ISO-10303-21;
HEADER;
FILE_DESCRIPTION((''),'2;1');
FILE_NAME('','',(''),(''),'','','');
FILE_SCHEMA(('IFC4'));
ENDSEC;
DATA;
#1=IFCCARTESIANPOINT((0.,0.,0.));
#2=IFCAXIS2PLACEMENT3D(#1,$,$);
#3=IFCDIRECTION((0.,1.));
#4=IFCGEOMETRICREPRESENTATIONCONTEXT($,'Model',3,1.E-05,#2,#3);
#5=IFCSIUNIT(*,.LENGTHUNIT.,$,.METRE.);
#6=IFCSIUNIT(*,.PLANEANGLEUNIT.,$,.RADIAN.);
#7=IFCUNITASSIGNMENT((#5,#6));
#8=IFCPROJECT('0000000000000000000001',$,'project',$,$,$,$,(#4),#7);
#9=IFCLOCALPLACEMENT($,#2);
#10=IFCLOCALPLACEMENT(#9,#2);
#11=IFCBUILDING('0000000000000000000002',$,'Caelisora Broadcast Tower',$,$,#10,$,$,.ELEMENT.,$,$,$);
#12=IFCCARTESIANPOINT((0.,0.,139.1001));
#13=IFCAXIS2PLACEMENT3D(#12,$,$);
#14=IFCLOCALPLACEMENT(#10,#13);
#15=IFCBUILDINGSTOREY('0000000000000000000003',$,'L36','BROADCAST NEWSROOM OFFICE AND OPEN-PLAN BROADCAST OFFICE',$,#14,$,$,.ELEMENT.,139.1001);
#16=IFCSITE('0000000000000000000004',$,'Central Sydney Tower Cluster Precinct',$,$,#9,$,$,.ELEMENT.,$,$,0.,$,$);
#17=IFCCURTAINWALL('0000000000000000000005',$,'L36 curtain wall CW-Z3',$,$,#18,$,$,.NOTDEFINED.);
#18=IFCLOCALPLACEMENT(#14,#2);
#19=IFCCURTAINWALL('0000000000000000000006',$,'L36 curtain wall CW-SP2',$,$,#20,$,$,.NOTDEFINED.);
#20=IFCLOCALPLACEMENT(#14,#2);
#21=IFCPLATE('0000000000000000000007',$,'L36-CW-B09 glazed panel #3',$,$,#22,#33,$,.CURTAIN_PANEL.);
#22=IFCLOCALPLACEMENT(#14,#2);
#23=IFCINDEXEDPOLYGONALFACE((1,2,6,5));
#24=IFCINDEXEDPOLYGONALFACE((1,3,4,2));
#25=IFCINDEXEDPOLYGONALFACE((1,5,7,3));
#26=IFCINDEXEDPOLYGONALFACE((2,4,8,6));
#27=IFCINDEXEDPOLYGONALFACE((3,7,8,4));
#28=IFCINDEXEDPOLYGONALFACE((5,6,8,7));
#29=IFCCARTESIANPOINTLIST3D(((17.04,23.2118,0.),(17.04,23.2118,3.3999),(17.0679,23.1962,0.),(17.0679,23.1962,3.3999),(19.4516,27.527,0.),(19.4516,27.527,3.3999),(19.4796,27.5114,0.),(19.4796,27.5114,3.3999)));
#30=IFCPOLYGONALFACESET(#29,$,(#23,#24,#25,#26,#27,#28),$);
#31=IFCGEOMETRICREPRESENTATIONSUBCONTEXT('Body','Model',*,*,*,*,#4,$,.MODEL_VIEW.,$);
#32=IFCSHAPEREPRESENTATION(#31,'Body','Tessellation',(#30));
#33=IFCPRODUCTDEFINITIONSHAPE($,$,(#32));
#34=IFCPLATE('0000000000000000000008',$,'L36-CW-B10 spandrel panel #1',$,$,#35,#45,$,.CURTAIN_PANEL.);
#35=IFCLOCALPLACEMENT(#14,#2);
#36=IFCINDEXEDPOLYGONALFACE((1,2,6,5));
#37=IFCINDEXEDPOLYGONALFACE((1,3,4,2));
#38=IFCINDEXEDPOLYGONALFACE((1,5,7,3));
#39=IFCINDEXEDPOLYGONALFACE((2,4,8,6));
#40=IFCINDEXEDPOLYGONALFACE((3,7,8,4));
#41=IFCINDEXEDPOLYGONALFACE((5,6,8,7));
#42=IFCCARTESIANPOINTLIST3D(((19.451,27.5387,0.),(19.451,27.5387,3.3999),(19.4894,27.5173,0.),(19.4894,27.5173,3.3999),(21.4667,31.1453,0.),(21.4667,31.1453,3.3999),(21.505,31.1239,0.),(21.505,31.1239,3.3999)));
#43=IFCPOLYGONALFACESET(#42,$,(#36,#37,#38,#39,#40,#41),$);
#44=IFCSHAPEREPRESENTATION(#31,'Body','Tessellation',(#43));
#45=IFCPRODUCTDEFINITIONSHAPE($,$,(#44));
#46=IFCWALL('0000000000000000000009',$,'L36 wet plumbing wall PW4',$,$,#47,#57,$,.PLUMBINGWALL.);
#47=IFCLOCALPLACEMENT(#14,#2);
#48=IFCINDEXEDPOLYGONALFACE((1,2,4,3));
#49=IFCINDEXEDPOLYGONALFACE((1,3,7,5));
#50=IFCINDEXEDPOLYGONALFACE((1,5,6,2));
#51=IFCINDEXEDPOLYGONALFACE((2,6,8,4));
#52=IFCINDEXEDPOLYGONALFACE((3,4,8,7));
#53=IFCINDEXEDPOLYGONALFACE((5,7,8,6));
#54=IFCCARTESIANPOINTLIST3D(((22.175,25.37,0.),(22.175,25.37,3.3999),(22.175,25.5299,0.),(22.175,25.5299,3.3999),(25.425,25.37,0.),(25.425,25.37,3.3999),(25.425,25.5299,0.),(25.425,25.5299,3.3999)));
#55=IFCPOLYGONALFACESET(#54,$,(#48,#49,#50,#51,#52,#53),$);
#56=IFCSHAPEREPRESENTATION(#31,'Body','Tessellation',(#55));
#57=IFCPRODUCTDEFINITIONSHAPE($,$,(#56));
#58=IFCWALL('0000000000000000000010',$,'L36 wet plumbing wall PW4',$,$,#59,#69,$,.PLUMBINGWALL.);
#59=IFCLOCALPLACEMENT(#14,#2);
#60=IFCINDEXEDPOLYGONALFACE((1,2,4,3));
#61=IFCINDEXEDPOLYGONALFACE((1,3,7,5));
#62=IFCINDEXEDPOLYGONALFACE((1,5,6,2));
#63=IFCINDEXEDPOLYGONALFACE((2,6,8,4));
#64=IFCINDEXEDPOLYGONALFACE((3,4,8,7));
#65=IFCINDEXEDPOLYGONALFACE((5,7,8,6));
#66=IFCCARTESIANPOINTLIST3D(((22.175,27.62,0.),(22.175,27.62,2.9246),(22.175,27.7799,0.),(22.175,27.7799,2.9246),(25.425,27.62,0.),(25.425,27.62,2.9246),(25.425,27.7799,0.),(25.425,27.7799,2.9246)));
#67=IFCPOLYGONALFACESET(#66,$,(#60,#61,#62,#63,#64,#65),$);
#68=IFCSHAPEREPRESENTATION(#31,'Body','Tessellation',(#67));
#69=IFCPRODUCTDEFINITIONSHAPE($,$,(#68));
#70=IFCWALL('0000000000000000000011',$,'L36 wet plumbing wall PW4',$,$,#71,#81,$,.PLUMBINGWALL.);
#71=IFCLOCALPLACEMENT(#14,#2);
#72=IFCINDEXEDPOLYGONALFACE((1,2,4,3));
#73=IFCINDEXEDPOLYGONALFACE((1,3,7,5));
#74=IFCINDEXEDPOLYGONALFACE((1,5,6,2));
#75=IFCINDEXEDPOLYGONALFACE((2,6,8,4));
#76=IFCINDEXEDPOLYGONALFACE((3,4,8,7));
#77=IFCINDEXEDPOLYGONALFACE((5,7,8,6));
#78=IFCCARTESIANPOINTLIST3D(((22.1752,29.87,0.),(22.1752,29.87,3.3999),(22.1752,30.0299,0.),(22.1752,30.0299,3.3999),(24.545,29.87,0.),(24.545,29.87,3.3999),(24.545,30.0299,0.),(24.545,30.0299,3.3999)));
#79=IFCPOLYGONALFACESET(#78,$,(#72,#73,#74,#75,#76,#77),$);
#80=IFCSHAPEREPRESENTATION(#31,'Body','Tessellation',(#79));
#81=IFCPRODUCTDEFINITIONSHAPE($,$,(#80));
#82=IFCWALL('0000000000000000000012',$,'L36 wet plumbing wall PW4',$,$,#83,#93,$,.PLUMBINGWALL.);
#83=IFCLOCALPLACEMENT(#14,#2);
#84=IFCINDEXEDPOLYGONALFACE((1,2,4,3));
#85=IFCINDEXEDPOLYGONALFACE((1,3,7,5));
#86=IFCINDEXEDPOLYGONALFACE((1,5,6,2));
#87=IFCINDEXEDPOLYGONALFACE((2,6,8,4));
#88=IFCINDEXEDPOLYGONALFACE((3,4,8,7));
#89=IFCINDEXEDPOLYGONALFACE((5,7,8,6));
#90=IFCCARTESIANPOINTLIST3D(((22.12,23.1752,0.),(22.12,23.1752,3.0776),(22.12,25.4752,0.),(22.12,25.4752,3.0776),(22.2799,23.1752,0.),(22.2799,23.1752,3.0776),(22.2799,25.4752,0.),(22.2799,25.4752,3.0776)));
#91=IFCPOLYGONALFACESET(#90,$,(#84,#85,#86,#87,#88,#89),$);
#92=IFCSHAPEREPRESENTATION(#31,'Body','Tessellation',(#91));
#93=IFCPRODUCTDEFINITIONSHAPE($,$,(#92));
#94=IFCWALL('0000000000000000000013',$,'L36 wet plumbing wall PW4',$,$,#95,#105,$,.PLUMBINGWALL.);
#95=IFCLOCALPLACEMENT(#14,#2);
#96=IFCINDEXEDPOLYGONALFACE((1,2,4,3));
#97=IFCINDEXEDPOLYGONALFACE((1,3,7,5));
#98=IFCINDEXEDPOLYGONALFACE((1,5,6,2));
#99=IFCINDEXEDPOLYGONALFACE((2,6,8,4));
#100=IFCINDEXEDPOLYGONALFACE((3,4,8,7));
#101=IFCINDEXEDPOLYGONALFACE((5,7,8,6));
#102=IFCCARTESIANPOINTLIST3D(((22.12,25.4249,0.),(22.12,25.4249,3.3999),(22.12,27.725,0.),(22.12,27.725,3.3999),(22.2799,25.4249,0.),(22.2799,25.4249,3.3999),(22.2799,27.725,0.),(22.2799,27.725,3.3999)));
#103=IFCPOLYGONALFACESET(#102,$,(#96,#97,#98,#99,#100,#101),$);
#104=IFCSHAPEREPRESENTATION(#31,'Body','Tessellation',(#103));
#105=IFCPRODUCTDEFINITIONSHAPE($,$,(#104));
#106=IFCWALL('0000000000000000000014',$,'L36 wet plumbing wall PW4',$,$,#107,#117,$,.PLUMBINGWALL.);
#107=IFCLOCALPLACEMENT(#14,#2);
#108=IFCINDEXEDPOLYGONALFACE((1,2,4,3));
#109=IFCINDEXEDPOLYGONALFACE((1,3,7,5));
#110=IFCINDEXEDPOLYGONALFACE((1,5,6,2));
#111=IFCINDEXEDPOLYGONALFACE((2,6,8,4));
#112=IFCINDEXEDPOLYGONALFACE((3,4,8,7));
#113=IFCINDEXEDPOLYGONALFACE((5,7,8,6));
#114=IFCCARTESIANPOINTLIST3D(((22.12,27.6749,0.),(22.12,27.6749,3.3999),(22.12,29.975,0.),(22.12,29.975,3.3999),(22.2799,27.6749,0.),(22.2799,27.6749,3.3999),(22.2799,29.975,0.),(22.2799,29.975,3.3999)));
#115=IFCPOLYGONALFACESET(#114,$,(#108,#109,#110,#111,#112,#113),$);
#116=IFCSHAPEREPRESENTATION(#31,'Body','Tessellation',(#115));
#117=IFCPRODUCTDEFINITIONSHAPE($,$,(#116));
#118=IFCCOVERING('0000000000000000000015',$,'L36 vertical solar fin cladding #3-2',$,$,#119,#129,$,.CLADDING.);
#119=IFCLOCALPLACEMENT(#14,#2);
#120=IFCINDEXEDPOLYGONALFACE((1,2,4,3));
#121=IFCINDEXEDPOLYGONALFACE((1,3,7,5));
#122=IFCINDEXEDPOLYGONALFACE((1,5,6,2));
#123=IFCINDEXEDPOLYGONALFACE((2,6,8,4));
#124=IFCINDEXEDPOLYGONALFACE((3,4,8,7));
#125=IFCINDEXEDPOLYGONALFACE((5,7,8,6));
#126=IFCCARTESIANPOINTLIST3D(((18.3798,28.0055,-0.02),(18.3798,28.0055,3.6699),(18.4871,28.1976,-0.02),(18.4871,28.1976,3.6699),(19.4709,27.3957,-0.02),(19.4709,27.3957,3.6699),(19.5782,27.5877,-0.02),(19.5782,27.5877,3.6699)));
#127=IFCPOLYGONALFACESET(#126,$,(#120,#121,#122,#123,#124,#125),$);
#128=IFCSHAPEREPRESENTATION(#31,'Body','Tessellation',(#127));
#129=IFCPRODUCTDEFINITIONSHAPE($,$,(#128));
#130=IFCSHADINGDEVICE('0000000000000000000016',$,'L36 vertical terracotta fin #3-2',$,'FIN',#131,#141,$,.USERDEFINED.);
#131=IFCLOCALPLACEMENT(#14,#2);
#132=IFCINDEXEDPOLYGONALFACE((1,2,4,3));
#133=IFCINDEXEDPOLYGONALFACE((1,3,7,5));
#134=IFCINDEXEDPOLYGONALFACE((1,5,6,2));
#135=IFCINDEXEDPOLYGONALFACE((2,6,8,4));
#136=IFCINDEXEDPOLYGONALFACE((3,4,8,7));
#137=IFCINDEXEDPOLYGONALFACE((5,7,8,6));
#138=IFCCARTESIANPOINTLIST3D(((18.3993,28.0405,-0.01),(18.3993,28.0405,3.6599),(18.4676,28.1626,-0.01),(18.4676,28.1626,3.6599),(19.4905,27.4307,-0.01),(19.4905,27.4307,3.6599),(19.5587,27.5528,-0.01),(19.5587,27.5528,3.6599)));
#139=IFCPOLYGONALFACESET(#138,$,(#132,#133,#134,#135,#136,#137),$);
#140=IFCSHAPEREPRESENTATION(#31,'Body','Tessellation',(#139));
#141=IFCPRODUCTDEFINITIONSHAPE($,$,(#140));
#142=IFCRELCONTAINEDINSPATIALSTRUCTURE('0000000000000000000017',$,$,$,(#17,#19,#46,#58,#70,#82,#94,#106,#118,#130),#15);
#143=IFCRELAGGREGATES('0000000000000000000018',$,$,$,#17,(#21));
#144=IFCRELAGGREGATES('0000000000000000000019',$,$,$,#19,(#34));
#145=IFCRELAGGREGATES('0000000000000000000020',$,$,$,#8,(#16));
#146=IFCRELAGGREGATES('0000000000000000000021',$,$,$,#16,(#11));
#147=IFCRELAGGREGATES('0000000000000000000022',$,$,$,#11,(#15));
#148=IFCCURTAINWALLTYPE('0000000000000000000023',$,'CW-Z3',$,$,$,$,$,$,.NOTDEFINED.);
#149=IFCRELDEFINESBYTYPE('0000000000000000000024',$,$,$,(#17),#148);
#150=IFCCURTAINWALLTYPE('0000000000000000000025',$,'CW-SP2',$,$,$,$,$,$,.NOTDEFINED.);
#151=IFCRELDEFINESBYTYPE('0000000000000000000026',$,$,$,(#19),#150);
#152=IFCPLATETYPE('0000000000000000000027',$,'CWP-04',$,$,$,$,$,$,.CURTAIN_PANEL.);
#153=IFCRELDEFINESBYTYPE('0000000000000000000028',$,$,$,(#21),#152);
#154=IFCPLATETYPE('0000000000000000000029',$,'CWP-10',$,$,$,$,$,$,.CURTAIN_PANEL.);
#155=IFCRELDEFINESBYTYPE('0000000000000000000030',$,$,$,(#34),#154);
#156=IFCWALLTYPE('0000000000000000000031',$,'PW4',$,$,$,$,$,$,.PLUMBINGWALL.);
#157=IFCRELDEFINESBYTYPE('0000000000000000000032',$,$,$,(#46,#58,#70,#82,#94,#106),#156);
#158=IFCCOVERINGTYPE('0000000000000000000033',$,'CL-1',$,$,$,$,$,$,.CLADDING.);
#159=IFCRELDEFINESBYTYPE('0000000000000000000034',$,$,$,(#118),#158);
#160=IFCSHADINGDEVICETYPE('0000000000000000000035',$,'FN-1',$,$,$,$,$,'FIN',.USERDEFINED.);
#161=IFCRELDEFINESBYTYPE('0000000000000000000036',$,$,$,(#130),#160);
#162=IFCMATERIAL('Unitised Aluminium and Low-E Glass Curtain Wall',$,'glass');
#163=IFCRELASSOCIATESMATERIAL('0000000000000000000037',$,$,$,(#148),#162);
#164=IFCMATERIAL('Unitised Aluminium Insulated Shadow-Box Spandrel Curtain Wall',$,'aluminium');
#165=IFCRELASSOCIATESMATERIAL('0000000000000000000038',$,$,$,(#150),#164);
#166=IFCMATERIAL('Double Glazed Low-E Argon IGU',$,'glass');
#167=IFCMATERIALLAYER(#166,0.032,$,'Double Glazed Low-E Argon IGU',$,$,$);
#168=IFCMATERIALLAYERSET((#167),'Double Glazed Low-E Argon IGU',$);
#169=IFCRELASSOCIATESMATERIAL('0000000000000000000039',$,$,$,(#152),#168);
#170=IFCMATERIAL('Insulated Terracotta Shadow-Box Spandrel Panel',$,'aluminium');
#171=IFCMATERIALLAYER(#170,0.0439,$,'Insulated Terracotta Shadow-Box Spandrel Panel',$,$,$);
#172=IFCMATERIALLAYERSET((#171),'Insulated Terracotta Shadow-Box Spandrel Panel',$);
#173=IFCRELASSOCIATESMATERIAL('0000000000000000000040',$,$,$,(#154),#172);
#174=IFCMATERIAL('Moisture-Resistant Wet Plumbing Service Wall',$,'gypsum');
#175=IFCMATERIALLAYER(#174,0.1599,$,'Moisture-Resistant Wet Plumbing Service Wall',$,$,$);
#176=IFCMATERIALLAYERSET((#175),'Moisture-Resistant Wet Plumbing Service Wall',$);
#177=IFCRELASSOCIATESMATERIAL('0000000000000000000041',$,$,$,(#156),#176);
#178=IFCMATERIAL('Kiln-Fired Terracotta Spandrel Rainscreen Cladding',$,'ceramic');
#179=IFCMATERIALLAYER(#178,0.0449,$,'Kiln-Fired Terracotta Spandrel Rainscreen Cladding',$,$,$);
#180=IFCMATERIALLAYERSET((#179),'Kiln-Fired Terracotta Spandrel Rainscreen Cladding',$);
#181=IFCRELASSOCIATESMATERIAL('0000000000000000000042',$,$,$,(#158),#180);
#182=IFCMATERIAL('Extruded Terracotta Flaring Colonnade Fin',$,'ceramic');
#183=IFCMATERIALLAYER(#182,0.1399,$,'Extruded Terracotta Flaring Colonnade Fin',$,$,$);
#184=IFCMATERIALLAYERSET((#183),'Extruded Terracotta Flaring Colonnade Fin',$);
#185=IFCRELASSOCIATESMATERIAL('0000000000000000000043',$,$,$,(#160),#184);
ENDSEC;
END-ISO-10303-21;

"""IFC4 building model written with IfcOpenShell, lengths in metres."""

from ifc_helpers import new_model, si_unit, direction, frame, frame_2d, origin, origin_2d, place, context, subcontext, project, spatial, rectangle, extrude, source, transform, mapped, material, layer, layer_set, type_object, type_shapes, element, aggregate, save


model = new_model("IFC4")

# Units and contexts
model_context = context("Model", 3, precision=1e-05, world=origin(), true_north=direction((0.0, 1.0)))
body_context = subcontext(model_context, "Body", "Model", "MODEL_VIEW")
ifc_project = project(units=[si_unit("LENGTHUNIT", "METRE"), si_unit("PLANEANGLEUNIT", "RADIAN")], contexts=[model_context])

# Site, building, storey
site_placement = place(None, origin())
site = spatial("IfcSite", under=ifc_project, at=site_placement, Name="Central Sydney Tower Cluster Precinct", CompositionType="ELEMENT", RefElevation=0.0)
building_placement = place(site_placement, origin())
building = spatial("IfcBuilding", under=site, at=building_placement, Name="Caelisora Broadcast Tower", CompositionType="ELEMENT")
storey_placement = place(building_placement, frame((0.0, 0.0, 139.1001)))
storey = spatial("IfcBuildingStorey", under=building, at=storey_placement, Name="L36", Description="BROADCAST NEWSROOM OFFICE AND OPEN-PLAN BROADCAST OFFICE", CompositionType="ELEMENT", Elevation=139.1001)

# Curtain walls
ifc_material_1 = material(Name="Unitised Aluminium and Low-E Glass Curtain Wall", Category="glass")
curtain_wall_type_1 = type_object("IfcCurtainWallType", Name="CW-Z3", PredefinedType="NOTDEFINED", material=ifc_material_1)
curtain_wall_1_placement = place(storey_placement, origin())
curtain_wall_1 = element("IfcCurtainWall", 1, at=curtain_wall_1_placement, inside=storey, type_object=curtain_wall_type_1, Name="L36 curtain wall CW-Z3", PredefinedType="NOTDEFINED")
ifc_material_2 = material(Name="Unitised Aluminium Insulated Shadow-Box Spandrel Curtain Wall", Category="aluminium")
curtain_wall_type_2 = type_object("IfcCurtainWallType", Name="CW-SP2", PredefinedType="NOTDEFINED", material=ifc_material_2)
curtain_wall_2_placement = place(storey_placement, origin())
curtain_wall_2 = element("IfcCurtainWall", 2, at=curtain_wall_2_placement, inside=storey, type_object=curtain_wall_type_2, Name="L36 curtain wall CW-SP2", PredefinedType="NOTDEFINED")

# Plates
ifc_material_3 = material(Name="Double Glazed Low-E Argon IGU", Category="glass")
ifc_layer_1 = layer(ifc_material_3, 0.032, Name="Double Glazed Low-E Argon IGU")
ifc_layer_set_1 = layer_set([ifc_layer_1], Name="Double Glazed Low-E Argon IGU")
plate_type_1 = type_object("IfcPlateType", Name="CWP-04", PredefinedType="CURTAIN_PANEL", material=ifc_layer_set_1)
shared_shape_1 = source(origin(), body_context, "Body", "SweptSolid", [
    extrude(rectangle(XDim=4.9434, YDim=0.032, at=origin_2d()), origin(), (0.0, 0.0, 1.0), 3.3999),
])
type_shapes(plate_type_1, [shared_shape_1])
plate_1_placement = place(storey_placement, frame((18.2598, 25.3616, 0.0), z_axis=(0.0, 0.0, 1.0), x_axis=(0.48786, 0.872922, 0.0)))
plate_1 = element("IfcPlate", 3, at=plate_1_placement, type_object=plate_type_1, Name="L36-CW-B09 glazed panel #3", PredefinedType="CURTAIN_PANEL", context=body_context, shape_type="MappedRepresentation", body=[
    mapped(shared_shape_1, transform((0.0, 0.0, 0.0), scale=1.0)),
])
aggregate(curtain_wall_1, [plate_1])
ifc_material_4 = material(Name="Insulated Terracotta Shadow-Box Spandrel Panel", Category="aluminium")
ifc_layer_2 = layer(ifc_material_4, 0.0439, Name="Insulated Terracotta Shadow-Box Spandrel Panel")
ifc_layer_set_2 = layer_set([ifc_layer_2], Name="Insulated Terracotta Shadow-Box Spandrel Panel")
plate_type_2 = type_object("IfcPlateType", Name="CWP-10", PredefinedType="CURTAIN_PANEL", material=ifc_layer_set_2)
shared_shape_2 = source(origin(), body_context, "Body", "SweptSolid", [
    extrude(rectangle(XDim=4.1316, YDim=0.0439, at=origin_2d()), origin(), (0.0, 0.0, 1.0), 3.3999),
])
type_shapes(plate_type_2, [shared_shape_2])
plate_2_placement = place(storey_placement, frame((20.478, 29.3313, 0.0), z_axis=(0.0, 0.0, 1.0), x_axis=(0.48786, 0.872922, 0.0)))
plate_2 = element("IfcPlate", 4, at=plate_2_placement, type_object=plate_type_2, Name="L36-CW-B10 spandrel panel #1", PredefinedType="CURTAIN_PANEL", context=body_context, shape_type="MappedRepresentation", body=[
    mapped(shared_shape_2, transform((0.0, 0.0, 0.0), scale=1.0)),
])
aggregate(curtain_wall_2, [plate_2])

# Walls
ifc_material_5 = material(Name="Moisture-Resistant Wet Plumbing Service Wall", Category="gypsum")
ifc_layer_3 = layer(ifc_material_5, 0.1599, Name="Moisture-Resistant Wet Plumbing Service Wall")
ifc_layer_set_3 = layer_set([ifc_layer_3], Name="Moisture-Resistant Wet Plumbing Service Wall")
wall_type = type_object("IfcWallType", Name="PW4", PredefinedType="PLUMBINGWALL", material=ifc_layer_set_3)
wall_1_placement = place(storey_placement, frame((22.175, 25.45, 0.0), z_axis=(0.0, 0.0, 1.0), x_axis=(1.0, 0.0, 0.0)))
element("IfcWall", 5, at=wall_1_placement, inside=storey, type_object=wall_type, Name="L36 wet plumbing wall PW4", PredefinedType="PLUMBINGWALL", context=body_context, shape_type="SweptSolid", body=[
    extrude(rectangle(XDim=3.25, YDim=0.1599, at=frame_2d((1.625, 0.0))), origin(), (0.0, 0.0, 1.0), 3.3999),
])
wall_2_placement = place(storey_placement, frame((22.175, 27.7, 0.0), z_axis=(0.0, 0.0, 1.0), x_axis=(1.0, 0.0, 0.0)))
element("IfcWall", 6, at=wall_2_placement, inside=storey, type_object=wall_type, Name="L36 wet plumbing wall PW4", PredefinedType="PLUMBINGWALL", context=body_context, shape_type="SweptSolid", body=[
    extrude(rectangle(XDim=3.25, YDim=0.1599, at=frame_2d((1.625, 0.0))), origin(), (0.0, 0.0, 1.0), 2.9246),
])
wall_3_placement = place(storey_placement, frame((22.175, 29.95, 0.0), z_axis=(0.0, 0.0, 1.0), x_axis=(1.0, 0.0, 0.0)))
element("IfcWall", 7, at=wall_3_placement, inside=storey, type_object=wall_type, Name="L36 wet plumbing wall PW4", PredefinedType="PLUMBINGWALL", context=body_context, shape_type="SweptSolid", body=[
    extrude(rectangle(XDim=2.3699, YDim=0.1599, at=frame_2d((1.1851, 0.0))), origin(), (0.0, 0.0, 1.0), 3.3999),
])
wall_4_placement = place(storey_placement, frame((22.2, 25.4751, 0.0), z_axis=(0.0, 0.0, 1.0), x_axis=(0.0, -1.0, 0.0)))
element("IfcWall", 8, at=wall_4_placement, inside=storey, type_object=wall_type, Name="L36 wet plumbing wall PW4", PredefinedType="PLUMBINGWALL", context=body_context, shape_type="SweptSolid", body=[
    extrude(rectangle(XDim=2.3, YDim=0.1599, at=frame_2d((1.1499, 0.0))), origin(), (0.0, 0.0, 1.0), 3.0776),
])
for number, where, z_axis, x_axis, name in (
    (9, (22.2, 25.425, 0.0), (0.0, 0.0, 1.0), (0.0, 1.0, 0.0), "L36 wet plumbing wall PW4"),
    (10, (22.2, 27.675, 0.0), (0.0, 0.0, 1.0), (0.0, 1.0, 0.0), "L36 wet plumbing wall PW4"),
):
    element("IfcWall", number, at=place(storey_placement, frame(where, z_axis=z_axis, x_axis=x_axis)), inside=storey, type_object=wall_type, Name=name, PredefinedType="PLUMBINGWALL", context=body_context, shape_type="SweptSolid", body=[
        extrude(rectangle(XDim=2.3, YDim=0.1599, at=frame_2d((1.1499, 0.0))), origin(), (0.0, 0.0, 1.0), 3.3999),
    ])

# Covering
ifc_material_6 = material(Name="Kiln-Fired Terracotta Spandrel Rainscreen Cladding", Category="ceramic")
ifc_layer_4 = layer(ifc_material_6, 0.0449, Name="Kiln-Fired Terracotta Spandrel Rainscreen Cladding")
ifc_layer_set_4 = layer_set([ifc_layer_4], Name="Kiln-Fired Terracotta Spandrel Rainscreen Cladding")
covering_type = type_object("IfcCoveringType", Name="CL-1", PredefinedType="CLADDING", material=ifc_layer_set_4)
shared_shape_3 = source(origin(), body_context, "Body", "SweptSolid", [
    extrude(rectangle(XDim=0.22, YDim=1.25, at=origin_2d()), origin(), (0.0, 0.0, 1.0), 3.6899),
])
type_shapes(covering_type, [shared_shape_3])
covering_placement = place(storey_placement, frame((18.979, 27.7966, -0.02), z_axis=(0.0, 0.0, 1.0), x_axis=(0.48786, 0.872922, 0.0)))
element("IfcCovering", 11, at=covering_placement, inside=storey, type_object=covering_type, Name="L36 vertical solar fin cladding #3-2", PredefinedType="CLADDING", context=body_context, shape_type="MappedRepresentation", body=[
    mapped(shared_shape_3, transform((0.0, 0.0, 0.0), scale=1.0)),
])

# Shading device
ifc_material_7 = material(Name="Extruded Terracotta Flaring Colonnade Fin", Category="ceramic")
ifc_layer_5 = layer(ifc_material_7, 0.1399, Name="Extruded Terracotta Flaring Colonnade Fin")
ifc_layer_set_5 = layer_set([ifc_layer_5], Name="Extruded Terracotta Flaring Colonnade Fin")
shading_device_type = type_object("IfcShadingDeviceType", Name="FN-1", ElementType="FIN", PredefinedType="USERDEFINED", material=ifc_layer_set_5)
shared_shape_4 = source(origin(), body_context, "Body", "SweptSolid", [
    extrude(rectangle(XDim=0.1399, YDim=1.25, at=origin_2d()), origin(), (0.0, 0.0, 1.0), 3.6699),
])
type_shapes(shading_device_type, [shared_shape_4])
shading_device_placement = place(storey_placement, frame((18.979, 27.7966, -0.01), z_axis=(0.0, 0.0, 1.0), x_axis=(0.48786, 0.872922, 0.0)))
element("IfcShadingDevice", 12, at=shading_device_placement, inside=storey, type_object=shading_device_type, Name="L36 vertical terracotta fin #3-2", ObjectType="FIN", PredefinedType="USERDEFINED", context=body_context, shape_type="MappedRepresentation", body=[
    mapped(shared_shape_4, transform((0.0, 0.0, 0.0), scale=1.0)),
])

save(model, "model.ifc")
